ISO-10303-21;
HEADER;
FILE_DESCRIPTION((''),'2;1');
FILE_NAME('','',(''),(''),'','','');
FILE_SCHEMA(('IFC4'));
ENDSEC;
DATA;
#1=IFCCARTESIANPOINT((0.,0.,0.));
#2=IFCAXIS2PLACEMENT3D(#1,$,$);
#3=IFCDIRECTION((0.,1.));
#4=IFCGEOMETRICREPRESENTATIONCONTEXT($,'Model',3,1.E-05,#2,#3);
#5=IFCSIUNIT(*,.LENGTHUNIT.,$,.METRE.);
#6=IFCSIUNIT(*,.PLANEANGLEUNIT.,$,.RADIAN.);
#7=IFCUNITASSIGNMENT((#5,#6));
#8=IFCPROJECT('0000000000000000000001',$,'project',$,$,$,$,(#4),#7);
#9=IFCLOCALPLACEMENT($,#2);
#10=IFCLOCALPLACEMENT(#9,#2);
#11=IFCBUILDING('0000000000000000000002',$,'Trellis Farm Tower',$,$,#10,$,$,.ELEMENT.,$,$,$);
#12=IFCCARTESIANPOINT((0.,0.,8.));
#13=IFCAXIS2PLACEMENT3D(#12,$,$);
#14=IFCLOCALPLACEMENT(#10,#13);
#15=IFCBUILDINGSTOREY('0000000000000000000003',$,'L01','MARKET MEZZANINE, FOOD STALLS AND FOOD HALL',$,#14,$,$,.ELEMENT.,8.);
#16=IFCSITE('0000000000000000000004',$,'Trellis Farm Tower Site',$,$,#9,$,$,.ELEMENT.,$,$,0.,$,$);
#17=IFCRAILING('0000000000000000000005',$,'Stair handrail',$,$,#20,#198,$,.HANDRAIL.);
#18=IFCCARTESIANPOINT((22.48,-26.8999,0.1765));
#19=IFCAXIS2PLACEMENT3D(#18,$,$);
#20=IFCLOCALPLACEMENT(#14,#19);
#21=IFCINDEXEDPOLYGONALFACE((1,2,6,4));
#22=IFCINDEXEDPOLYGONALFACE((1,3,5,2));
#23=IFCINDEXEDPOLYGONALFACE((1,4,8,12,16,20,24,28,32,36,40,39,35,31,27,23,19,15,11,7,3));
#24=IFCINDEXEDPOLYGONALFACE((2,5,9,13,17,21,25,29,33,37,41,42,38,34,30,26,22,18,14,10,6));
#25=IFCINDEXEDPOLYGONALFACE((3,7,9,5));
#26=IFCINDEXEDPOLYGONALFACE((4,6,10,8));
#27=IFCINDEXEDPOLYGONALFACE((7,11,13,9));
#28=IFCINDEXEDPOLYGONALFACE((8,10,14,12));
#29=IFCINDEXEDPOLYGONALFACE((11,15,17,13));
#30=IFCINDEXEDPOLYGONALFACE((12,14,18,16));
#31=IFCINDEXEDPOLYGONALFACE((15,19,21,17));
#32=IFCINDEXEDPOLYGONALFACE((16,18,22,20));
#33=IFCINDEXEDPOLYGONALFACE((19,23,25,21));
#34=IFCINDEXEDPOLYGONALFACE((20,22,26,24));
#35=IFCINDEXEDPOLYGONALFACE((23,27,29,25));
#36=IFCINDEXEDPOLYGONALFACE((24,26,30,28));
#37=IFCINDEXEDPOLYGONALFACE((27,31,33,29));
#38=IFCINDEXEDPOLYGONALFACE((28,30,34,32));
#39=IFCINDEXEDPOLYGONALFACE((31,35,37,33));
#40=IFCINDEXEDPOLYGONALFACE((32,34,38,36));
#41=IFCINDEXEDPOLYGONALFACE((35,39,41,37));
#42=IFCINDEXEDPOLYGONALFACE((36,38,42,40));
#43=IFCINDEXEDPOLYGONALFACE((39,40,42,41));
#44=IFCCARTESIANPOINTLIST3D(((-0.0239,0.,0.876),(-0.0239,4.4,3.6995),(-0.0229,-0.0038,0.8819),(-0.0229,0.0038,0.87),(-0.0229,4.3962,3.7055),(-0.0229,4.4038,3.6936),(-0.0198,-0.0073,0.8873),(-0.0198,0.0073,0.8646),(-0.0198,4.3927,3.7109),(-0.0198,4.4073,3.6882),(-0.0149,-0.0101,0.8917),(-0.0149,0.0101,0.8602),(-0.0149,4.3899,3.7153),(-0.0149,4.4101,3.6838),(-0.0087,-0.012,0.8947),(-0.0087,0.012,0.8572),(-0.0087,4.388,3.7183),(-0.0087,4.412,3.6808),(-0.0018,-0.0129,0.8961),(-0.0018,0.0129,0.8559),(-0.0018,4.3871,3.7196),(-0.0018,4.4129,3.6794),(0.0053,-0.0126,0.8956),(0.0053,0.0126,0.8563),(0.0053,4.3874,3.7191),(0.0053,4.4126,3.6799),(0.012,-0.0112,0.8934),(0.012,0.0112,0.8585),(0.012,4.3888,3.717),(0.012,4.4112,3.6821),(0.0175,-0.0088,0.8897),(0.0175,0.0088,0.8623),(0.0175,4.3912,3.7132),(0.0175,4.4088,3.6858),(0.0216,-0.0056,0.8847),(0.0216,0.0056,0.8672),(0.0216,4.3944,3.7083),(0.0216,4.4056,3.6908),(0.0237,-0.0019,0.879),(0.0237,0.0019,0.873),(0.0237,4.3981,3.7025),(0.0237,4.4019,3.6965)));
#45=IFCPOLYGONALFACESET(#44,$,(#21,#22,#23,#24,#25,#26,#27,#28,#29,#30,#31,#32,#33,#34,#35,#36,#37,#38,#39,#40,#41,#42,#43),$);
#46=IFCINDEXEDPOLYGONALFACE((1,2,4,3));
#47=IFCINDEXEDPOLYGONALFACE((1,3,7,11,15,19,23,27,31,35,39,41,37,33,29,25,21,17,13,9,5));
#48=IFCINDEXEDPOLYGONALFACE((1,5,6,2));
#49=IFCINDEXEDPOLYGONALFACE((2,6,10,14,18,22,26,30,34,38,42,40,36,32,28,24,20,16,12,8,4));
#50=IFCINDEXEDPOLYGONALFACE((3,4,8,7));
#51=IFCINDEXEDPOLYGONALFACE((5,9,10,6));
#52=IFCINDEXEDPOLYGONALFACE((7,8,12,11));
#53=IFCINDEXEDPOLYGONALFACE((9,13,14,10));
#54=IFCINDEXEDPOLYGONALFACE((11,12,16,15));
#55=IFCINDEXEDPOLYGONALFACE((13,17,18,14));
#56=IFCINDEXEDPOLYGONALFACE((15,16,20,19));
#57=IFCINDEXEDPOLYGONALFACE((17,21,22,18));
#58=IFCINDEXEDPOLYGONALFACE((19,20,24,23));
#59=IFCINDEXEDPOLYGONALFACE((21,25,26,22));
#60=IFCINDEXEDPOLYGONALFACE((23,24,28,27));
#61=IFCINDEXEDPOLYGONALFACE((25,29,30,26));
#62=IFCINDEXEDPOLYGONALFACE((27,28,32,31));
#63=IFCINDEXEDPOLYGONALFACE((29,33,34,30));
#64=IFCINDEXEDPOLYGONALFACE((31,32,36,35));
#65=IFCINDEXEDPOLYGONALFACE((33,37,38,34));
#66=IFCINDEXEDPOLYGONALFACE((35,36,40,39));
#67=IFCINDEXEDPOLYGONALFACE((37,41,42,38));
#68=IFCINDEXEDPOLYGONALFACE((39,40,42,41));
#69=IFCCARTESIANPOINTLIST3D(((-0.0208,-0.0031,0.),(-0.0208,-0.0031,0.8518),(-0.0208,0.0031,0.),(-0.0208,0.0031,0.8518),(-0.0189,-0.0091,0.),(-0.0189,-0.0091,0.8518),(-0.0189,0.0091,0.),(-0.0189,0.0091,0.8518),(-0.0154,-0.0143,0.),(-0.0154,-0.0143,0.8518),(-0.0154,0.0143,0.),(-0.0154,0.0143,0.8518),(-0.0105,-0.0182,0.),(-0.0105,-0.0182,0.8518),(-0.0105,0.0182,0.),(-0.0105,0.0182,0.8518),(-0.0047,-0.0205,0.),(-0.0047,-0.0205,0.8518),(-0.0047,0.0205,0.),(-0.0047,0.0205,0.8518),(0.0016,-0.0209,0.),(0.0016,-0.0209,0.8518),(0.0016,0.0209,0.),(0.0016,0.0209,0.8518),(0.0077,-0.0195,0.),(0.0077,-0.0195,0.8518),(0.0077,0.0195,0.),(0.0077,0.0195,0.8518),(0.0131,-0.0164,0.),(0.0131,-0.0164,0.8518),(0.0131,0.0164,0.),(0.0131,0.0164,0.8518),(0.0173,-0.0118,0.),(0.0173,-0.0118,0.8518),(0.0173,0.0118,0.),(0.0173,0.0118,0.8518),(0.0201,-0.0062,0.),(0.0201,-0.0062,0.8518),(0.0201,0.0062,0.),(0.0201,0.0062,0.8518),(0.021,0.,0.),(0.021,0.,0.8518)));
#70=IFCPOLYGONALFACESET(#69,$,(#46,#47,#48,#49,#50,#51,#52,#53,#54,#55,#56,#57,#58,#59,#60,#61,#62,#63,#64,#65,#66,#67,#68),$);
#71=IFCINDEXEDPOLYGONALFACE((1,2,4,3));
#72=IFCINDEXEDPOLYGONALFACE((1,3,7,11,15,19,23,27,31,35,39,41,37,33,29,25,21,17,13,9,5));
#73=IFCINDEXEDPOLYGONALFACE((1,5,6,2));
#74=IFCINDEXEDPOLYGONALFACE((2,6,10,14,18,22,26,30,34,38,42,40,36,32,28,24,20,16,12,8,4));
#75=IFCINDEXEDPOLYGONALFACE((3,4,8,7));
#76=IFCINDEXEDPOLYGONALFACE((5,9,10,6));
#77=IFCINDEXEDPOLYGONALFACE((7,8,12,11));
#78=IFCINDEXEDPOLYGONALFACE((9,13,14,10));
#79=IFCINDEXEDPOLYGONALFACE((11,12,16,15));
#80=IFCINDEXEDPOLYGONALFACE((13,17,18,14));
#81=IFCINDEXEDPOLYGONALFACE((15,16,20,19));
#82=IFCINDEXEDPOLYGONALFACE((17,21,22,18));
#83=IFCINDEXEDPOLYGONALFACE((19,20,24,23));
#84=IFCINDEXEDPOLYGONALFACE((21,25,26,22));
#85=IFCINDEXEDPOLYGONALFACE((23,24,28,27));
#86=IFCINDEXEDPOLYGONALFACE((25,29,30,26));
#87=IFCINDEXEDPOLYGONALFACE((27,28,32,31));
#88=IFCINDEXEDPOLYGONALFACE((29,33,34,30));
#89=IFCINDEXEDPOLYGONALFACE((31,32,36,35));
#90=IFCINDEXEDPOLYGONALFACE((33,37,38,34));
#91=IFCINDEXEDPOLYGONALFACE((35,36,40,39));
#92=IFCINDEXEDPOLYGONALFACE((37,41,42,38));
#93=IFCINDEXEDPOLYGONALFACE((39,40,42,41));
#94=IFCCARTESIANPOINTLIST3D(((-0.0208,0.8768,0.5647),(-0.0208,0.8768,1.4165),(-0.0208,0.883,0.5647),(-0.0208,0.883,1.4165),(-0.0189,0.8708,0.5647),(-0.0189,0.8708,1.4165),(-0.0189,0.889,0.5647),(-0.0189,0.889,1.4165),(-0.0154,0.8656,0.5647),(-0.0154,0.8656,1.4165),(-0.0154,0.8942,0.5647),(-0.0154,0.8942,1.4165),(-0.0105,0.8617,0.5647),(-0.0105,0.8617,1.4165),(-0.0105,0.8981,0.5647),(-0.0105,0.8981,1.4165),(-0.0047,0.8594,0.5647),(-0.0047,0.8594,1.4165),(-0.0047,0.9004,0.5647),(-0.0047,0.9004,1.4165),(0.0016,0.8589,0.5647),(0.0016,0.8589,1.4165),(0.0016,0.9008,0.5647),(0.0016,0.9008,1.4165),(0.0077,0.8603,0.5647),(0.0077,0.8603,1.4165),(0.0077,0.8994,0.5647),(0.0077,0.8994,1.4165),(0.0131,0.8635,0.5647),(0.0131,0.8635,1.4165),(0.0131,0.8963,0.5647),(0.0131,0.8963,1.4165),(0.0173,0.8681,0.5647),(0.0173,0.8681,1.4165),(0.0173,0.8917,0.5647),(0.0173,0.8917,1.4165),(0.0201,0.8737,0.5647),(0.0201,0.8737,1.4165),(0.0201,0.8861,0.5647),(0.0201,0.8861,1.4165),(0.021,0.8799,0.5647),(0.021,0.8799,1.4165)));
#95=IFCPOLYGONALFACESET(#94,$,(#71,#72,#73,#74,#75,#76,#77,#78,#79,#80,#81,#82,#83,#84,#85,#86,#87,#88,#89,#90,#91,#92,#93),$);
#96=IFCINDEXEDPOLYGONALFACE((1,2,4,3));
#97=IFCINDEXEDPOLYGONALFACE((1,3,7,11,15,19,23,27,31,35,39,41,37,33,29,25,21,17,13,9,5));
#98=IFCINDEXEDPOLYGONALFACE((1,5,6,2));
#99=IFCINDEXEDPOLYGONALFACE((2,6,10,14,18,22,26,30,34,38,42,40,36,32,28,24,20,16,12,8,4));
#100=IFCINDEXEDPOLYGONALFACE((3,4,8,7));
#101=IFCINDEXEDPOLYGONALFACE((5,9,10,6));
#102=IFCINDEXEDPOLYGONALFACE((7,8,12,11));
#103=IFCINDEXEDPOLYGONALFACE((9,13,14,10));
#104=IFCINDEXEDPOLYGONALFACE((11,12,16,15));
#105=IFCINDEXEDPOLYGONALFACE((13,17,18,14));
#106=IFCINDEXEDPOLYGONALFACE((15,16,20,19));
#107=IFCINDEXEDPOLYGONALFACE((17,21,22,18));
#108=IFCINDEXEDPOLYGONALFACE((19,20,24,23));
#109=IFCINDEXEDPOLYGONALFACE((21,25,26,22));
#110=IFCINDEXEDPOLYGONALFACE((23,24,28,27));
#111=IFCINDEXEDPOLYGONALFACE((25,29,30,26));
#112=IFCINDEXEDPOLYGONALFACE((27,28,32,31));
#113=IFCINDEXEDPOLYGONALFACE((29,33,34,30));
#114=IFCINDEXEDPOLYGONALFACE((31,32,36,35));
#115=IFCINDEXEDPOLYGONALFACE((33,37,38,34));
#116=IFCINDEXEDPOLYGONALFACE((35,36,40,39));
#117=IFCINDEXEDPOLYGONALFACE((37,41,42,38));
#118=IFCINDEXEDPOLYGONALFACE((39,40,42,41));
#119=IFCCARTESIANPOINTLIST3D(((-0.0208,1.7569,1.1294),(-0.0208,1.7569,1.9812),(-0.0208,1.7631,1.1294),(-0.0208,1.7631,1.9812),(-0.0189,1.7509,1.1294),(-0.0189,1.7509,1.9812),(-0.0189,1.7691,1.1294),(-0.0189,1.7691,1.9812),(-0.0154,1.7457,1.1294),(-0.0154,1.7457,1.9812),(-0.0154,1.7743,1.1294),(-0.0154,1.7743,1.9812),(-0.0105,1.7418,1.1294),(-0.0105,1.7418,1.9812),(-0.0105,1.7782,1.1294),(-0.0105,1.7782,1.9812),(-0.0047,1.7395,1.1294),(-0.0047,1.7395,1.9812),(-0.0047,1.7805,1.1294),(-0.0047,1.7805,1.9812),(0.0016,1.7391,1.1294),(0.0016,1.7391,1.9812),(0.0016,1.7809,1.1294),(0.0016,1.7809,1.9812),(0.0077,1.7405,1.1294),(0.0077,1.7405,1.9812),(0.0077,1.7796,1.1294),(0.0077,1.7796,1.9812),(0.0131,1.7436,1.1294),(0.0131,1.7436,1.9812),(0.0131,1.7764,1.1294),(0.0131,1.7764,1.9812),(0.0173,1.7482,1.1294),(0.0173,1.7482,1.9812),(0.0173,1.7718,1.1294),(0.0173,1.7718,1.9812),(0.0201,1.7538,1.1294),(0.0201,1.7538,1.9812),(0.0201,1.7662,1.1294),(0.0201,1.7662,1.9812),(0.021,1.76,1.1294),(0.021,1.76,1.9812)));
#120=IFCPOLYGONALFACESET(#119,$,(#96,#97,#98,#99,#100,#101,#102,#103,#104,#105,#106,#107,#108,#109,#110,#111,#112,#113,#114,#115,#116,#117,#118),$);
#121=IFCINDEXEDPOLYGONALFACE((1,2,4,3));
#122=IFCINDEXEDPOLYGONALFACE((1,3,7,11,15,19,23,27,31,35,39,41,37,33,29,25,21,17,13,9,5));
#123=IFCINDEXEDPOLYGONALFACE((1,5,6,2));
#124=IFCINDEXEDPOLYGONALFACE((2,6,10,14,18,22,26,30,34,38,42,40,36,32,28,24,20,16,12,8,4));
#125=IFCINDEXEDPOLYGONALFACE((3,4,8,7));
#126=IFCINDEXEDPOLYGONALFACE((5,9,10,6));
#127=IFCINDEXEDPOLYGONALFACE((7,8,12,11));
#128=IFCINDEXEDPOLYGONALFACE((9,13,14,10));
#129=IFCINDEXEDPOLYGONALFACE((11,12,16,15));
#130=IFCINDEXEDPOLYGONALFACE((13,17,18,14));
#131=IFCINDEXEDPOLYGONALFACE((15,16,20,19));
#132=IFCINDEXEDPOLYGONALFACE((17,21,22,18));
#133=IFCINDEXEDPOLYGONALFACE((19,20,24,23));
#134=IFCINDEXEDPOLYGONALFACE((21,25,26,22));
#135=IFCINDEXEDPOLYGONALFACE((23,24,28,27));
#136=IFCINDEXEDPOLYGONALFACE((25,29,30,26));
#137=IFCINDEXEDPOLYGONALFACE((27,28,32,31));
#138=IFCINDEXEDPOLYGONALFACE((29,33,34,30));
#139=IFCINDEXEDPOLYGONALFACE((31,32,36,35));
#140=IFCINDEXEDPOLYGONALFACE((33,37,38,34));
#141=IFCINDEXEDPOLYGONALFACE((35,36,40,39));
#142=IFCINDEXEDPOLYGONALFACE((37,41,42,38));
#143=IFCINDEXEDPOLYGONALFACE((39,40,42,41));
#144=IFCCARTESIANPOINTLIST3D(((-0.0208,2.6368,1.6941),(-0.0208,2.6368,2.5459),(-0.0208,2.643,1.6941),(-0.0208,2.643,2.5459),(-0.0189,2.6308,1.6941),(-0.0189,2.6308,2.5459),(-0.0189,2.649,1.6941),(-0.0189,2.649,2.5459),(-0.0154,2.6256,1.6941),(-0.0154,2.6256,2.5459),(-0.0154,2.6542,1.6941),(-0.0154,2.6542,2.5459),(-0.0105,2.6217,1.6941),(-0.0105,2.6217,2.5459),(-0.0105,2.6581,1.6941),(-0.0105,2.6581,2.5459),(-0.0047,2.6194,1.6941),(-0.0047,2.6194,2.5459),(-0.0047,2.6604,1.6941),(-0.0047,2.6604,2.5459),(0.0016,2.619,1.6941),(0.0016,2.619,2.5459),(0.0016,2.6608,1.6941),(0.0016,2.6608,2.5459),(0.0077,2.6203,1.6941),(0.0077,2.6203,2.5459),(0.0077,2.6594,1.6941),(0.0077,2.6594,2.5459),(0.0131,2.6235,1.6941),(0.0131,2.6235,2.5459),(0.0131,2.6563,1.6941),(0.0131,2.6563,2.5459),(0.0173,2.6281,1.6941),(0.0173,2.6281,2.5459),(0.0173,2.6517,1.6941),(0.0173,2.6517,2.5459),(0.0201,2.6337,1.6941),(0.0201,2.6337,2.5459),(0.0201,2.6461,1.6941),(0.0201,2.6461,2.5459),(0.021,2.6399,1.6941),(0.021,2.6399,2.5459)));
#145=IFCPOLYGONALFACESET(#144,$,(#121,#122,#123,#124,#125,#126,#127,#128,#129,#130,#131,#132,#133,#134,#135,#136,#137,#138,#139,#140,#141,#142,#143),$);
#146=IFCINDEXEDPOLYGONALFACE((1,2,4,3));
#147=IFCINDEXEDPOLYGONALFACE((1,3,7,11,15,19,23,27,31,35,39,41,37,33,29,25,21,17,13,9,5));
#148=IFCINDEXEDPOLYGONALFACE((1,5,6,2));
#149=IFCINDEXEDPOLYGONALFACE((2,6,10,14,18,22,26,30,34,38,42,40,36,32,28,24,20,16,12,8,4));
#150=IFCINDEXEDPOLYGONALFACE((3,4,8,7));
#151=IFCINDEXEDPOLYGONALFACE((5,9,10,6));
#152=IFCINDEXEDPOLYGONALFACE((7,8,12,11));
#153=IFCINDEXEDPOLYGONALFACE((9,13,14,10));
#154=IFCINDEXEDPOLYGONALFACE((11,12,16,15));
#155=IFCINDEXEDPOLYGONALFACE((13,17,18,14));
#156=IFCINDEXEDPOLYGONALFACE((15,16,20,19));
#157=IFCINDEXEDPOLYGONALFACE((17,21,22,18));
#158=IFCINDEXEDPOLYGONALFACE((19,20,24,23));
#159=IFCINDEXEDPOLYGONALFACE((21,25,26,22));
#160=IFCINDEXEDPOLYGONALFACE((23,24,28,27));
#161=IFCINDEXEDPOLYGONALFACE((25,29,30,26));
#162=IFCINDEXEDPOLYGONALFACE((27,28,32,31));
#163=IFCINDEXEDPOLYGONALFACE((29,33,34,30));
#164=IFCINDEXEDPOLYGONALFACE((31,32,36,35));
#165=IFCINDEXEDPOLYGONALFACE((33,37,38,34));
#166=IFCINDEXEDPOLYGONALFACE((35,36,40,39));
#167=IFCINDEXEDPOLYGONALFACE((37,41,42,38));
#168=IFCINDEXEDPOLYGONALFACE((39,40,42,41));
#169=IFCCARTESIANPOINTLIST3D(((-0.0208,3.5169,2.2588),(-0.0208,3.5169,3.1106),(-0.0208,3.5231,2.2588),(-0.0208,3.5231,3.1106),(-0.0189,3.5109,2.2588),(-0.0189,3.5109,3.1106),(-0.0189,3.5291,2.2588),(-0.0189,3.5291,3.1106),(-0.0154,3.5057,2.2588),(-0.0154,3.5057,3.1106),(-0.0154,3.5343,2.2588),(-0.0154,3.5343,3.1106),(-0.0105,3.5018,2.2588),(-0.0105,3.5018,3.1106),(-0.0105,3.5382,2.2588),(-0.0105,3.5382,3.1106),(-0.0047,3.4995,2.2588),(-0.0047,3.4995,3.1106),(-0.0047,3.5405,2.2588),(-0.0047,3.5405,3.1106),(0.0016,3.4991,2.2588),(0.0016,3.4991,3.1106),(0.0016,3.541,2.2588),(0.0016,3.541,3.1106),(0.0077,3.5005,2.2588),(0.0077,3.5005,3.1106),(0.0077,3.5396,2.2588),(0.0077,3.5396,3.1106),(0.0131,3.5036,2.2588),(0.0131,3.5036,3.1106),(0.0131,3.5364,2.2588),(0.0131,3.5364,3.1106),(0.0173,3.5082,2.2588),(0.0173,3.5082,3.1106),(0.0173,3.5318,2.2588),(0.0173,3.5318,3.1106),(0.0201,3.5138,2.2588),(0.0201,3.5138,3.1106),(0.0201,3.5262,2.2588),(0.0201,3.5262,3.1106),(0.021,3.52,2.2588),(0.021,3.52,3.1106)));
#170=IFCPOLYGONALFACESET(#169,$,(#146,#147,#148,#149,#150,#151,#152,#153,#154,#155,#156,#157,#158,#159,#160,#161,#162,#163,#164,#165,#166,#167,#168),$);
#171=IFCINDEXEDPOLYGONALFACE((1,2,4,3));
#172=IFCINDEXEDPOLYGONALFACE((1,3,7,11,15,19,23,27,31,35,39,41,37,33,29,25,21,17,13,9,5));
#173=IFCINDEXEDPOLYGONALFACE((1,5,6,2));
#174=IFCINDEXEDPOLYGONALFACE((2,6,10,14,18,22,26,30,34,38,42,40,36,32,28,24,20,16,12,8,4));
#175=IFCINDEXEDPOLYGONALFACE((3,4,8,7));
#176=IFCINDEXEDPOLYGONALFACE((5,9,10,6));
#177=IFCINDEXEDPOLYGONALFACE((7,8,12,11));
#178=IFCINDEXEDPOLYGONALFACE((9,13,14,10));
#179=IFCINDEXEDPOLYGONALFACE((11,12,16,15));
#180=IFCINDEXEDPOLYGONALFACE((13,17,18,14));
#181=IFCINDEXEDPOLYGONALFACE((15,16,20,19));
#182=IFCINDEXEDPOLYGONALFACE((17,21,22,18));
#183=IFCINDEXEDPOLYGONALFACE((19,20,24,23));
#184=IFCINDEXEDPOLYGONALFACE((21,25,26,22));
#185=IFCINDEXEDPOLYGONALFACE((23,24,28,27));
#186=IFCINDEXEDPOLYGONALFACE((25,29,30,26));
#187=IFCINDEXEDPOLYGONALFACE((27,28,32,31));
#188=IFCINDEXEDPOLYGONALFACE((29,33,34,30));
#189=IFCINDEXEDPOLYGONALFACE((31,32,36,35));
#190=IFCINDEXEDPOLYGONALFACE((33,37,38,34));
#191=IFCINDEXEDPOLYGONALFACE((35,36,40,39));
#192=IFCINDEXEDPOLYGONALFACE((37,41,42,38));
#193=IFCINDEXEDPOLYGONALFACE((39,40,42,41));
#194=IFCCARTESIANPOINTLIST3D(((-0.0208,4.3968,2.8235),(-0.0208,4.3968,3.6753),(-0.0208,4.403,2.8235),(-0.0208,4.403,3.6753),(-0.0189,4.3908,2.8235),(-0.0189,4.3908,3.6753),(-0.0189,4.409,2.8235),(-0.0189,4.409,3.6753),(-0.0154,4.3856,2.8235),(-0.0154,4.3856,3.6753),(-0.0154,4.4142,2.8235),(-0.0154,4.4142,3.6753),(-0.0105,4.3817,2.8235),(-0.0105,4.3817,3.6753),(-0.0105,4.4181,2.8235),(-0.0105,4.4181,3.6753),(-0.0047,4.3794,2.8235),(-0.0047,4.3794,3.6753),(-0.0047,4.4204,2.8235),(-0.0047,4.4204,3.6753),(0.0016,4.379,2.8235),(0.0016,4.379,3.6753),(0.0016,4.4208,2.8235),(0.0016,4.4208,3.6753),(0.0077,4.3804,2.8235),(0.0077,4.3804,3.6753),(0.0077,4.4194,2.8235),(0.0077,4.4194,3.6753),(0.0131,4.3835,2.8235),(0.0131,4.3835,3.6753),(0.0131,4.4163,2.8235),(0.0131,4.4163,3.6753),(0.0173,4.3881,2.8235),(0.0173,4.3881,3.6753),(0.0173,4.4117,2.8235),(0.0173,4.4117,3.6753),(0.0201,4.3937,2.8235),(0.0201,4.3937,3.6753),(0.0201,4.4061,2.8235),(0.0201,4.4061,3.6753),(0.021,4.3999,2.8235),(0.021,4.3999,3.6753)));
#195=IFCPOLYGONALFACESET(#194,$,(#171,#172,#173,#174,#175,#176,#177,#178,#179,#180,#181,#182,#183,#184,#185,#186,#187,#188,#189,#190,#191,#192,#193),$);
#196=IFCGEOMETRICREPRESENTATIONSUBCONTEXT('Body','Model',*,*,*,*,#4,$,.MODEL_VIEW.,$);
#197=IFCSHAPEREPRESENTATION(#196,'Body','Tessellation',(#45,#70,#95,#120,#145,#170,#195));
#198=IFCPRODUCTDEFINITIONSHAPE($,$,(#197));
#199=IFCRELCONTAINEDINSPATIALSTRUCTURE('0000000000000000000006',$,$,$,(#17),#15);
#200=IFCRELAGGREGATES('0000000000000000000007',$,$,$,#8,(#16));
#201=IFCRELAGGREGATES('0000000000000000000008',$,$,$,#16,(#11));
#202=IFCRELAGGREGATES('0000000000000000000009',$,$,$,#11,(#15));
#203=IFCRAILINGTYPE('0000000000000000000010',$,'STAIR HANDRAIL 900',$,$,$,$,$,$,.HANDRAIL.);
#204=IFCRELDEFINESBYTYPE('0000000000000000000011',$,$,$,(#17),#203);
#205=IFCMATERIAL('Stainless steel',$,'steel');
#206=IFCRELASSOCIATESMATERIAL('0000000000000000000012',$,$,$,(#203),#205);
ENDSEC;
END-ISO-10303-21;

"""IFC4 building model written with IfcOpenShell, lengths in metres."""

from ifc_helpers import new_model, si_unit, direction, frame, origin, origin_2d, place, context, subcontext, project, spatial, circle, extrude, source, transform, mapped, material, type_object, element, save


model = new_model("IFC4")

# Units and contexts
model_context = context("Model", 3, precision=1e-05, world=origin(), true_north=direction((0.0, 1.0)))
body_context = subcontext(model_context, "Body", "Model", "MODEL_VIEW")
ifc_project = project(units=[si_unit("LENGTHUNIT", "METRE"), si_unit("PLANEANGLEUNIT", "RADIAN")], contexts=[model_context])

# Site, building, storey
site_placement = place(None, origin())
site = spatial("IfcSite", under=ifc_project, at=site_placement, Name="Trellis Farm Tower Site", CompositionType="ELEMENT", RefElevation=0.0)
building_placement = place(site_placement, origin())
building = spatial("IfcBuilding", under=site, at=building_placement, Name="Trellis Farm Tower", CompositionType="ELEMENT")
storey_placement = place(building_placement, frame((0.0, 0.0, 8.0)))
storey = spatial("IfcBuildingStorey", under=building, at=storey_placement, Name="L01", Description="MARKET MEZZANINE, FOOD STALLS AND FOOD HALL", CompositionType="ELEMENT", Elevation=8.0)

# Railing
ifc_material_1 = material(Name="Stainless steel", Category="steel")
railing_type = type_object("IfcRailingType", Name="STAIR HANDRAIL 900", PredefinedType="HANDRAIL", material=ifc_material_1)
shared_shape_1 = source(origin(), body_context, "Body", "SweptSolid", [
    extrude(circle(Radius=0.0239, at=origin_2d()), frame((0.0, 0.0, 0.876), z_axis=(0.0, 0.841615, 0.540078), x_axis=(-1.0, 0.0, 0.0)), (0.0, 0.0, 1.0), 5.228),
    extrude(circle(Radius=0.021, at=origin_2d()), origin(), (0.0, 0.0, 1.0), 0.8518),
    extrude(circle(Radius=0.021, at=origin_2d()), frame((0.0, 0.8799, 0.5647)), (0.0, 0.0, 1.0), 0.8518),
    extrude(circle(Radius=0.021, at=origin_2d()), frame((0.0, 1.76, 1.1294)), (0.0, 0.0, 1.0), 0.8518),
    extrude(circle(Radius=0.021, at=origin_2d()), frame((0.0, 2.6399, 1.6941)), (0.0, 0.0, 1.0), 0.8518),
    extrude(circle(Radius=0.021, at=origin_2d()), frame((0.0, 3.52, 2.2588)), (0.0, 0.0, 1.0), 0.8518),
    extrude(circle(Radius=0.021, at=origin_2d()), frame((0.0, 4.3999, 2.8235)), (0.0, 0.0, 1.0), 0.8518),
])
railing_placement = place(storey_placement, frame((22.48, -26.8999, 0.1765)))
element("IfcRailing", 1, at=railing_placement, inside=storey, type_object=railing_type, Name="Stair handrail", PredefinedType="HANDRAIL", context=body_context, shape_type="MappedRepresentation", body=[
    mapped(shared_shape_1, transform((0.0, 0.0, 0.0))),
])

save(model, "model.ifc")
